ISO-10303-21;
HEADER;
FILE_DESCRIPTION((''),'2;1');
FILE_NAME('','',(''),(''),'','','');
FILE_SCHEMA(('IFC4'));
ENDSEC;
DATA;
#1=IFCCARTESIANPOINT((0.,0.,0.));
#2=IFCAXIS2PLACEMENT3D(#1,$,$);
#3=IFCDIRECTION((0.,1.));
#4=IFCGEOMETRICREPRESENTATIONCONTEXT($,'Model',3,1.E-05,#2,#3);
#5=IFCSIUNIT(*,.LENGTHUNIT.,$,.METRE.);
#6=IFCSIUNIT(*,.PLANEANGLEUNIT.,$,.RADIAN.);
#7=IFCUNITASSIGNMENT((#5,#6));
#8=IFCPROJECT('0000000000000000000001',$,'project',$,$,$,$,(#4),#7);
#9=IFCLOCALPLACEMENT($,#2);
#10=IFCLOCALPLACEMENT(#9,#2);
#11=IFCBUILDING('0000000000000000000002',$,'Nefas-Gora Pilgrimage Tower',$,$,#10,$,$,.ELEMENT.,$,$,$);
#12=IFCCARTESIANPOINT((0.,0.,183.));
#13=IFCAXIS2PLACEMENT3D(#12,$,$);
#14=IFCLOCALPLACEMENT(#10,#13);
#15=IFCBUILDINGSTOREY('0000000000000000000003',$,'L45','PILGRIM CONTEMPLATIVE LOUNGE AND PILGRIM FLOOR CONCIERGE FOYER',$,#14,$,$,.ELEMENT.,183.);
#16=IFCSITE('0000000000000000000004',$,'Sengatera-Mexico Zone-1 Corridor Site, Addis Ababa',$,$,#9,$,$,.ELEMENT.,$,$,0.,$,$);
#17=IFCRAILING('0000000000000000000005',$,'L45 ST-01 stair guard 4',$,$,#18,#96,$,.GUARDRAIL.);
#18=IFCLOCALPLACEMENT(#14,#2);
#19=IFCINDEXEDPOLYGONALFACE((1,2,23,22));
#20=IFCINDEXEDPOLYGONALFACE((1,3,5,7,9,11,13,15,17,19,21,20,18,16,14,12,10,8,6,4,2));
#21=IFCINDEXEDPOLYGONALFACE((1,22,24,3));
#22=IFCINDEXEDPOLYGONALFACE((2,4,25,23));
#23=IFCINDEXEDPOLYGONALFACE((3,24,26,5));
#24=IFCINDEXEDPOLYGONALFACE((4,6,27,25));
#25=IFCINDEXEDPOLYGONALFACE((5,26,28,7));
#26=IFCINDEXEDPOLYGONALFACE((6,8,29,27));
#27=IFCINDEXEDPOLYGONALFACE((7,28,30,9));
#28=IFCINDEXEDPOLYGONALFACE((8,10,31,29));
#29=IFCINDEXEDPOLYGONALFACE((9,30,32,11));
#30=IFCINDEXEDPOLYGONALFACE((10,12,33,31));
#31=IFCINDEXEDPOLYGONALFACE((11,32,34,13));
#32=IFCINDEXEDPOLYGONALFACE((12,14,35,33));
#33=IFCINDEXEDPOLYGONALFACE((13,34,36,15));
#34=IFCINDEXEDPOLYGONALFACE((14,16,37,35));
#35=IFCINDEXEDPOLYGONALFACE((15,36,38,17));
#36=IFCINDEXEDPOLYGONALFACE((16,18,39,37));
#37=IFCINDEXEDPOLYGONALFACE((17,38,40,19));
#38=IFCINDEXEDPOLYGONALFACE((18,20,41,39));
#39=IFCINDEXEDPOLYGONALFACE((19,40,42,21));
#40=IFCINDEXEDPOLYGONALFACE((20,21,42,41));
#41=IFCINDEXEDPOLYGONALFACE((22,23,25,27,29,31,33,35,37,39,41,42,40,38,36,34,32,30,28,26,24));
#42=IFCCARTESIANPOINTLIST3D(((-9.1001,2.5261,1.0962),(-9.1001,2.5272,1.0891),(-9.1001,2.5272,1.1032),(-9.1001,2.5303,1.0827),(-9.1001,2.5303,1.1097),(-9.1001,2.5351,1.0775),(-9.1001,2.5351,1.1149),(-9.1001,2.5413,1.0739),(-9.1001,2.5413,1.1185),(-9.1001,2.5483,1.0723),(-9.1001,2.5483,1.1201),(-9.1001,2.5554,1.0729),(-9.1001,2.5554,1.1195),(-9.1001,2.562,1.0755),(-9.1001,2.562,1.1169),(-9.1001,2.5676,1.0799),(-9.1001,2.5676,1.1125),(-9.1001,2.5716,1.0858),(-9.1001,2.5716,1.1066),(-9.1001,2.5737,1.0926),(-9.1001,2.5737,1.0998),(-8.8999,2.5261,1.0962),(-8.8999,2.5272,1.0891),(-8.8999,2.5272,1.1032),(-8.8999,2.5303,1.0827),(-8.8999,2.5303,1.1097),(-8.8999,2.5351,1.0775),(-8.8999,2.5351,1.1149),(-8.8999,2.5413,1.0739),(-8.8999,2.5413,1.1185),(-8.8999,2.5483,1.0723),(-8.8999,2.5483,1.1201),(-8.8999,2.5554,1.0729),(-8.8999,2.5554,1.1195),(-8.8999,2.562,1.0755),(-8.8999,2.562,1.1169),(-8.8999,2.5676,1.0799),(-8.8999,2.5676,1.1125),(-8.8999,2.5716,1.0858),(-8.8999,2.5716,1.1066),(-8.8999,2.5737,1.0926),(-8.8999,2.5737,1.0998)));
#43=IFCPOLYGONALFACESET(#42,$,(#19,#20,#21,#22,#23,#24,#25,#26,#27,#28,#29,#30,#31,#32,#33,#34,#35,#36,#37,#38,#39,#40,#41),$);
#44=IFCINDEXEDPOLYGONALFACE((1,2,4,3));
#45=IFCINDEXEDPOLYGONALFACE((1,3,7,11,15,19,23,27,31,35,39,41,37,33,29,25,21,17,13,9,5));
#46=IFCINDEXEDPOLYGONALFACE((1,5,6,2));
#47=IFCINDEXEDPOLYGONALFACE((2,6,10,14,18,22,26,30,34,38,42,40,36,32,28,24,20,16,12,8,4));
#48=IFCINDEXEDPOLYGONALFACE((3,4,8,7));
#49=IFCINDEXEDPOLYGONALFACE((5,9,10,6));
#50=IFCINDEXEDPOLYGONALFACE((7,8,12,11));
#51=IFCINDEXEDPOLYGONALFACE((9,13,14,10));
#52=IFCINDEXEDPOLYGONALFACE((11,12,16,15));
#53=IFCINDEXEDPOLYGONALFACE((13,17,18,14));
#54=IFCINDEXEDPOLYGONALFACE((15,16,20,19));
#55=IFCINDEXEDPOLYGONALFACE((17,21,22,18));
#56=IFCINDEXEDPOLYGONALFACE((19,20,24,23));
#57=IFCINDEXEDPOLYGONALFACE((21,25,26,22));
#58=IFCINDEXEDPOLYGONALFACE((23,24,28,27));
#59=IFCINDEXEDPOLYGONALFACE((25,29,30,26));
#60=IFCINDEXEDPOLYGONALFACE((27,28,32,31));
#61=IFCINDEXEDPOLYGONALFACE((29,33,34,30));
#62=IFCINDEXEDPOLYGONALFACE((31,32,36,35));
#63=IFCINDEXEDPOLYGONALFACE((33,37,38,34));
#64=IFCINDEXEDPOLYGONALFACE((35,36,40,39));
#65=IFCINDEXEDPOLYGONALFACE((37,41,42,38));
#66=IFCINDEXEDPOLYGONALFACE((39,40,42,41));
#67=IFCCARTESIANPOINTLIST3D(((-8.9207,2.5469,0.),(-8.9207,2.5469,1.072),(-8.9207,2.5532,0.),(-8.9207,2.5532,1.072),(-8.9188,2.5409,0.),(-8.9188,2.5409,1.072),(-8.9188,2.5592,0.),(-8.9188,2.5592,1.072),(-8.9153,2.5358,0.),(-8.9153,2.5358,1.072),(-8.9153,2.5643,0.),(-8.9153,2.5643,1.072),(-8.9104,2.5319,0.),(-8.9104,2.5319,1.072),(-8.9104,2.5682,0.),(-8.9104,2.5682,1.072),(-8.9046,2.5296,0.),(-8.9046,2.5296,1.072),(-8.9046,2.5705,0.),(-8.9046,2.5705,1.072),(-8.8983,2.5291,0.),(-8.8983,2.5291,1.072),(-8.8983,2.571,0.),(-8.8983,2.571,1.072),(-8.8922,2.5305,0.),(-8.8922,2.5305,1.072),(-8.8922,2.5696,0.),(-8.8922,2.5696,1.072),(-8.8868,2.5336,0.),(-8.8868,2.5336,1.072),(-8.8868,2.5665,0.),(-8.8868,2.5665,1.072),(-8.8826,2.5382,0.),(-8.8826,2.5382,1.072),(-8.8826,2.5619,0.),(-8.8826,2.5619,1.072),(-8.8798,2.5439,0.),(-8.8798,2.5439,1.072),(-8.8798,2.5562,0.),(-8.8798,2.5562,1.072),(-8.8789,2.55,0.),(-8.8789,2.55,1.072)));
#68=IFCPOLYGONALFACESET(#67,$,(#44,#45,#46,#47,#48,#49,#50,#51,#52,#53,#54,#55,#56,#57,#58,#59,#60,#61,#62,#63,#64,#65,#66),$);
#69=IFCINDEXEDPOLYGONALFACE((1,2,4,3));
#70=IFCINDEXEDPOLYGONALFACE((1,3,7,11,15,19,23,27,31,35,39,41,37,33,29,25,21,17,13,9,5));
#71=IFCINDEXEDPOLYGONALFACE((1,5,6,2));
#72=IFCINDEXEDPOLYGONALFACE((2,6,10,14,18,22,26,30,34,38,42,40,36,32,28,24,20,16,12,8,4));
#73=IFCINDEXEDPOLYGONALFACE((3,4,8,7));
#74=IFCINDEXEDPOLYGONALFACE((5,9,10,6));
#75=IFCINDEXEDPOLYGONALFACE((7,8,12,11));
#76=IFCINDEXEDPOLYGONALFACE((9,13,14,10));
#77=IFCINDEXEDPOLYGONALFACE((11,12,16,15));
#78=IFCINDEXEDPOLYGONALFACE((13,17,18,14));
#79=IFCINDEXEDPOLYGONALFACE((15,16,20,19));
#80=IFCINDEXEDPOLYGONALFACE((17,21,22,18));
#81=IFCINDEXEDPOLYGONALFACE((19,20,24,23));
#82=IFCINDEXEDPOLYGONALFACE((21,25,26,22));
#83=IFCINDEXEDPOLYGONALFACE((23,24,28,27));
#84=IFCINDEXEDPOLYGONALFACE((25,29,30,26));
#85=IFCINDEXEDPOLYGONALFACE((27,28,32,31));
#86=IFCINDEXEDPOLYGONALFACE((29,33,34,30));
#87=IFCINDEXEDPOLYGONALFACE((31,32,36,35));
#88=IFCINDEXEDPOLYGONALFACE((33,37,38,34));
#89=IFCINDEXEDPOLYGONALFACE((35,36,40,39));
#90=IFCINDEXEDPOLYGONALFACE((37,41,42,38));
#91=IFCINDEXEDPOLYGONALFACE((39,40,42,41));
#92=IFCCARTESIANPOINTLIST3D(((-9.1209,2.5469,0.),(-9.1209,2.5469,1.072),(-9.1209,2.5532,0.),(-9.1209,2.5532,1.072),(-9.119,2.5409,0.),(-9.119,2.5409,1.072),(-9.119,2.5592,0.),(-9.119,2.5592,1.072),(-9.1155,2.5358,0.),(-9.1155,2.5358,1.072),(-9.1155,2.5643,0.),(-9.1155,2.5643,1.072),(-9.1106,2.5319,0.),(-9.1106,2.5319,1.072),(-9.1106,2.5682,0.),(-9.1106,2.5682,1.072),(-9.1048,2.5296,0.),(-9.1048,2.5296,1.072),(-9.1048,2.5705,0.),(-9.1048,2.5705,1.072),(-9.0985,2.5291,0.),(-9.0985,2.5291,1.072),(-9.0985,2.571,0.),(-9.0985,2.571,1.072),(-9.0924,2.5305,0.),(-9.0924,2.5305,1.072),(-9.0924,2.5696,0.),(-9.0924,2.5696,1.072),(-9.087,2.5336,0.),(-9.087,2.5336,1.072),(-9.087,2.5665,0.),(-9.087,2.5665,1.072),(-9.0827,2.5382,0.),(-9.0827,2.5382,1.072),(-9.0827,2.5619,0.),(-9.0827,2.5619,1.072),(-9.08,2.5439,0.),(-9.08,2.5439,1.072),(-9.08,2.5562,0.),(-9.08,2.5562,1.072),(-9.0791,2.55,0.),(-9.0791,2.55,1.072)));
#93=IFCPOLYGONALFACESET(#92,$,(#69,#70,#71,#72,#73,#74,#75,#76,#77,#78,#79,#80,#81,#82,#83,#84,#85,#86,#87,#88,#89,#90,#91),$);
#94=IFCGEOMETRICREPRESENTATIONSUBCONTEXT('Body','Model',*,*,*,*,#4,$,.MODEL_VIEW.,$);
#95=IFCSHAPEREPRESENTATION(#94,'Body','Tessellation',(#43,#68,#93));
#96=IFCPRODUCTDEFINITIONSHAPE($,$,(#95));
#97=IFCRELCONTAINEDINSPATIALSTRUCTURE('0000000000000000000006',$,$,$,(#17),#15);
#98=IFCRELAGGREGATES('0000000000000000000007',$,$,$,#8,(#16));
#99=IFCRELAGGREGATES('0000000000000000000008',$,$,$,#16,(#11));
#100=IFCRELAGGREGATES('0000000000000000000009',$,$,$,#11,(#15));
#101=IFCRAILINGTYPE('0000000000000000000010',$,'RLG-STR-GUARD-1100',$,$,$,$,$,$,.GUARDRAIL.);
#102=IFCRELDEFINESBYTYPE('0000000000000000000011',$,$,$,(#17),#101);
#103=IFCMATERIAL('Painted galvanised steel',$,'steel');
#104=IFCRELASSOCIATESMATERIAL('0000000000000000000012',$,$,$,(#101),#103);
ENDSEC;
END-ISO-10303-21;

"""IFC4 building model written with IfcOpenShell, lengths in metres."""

from ifc_helpers import new_model, si_unit, direction, frame, origin, origin_2d, place, context, subcontext, project, spatial, circle, extrude, material, type_object, element, save


model = new_model("IFC4")

# Units and contexts
model_context = context("Model", 3, precision=1e-05, world=origin(), true_north=direction((0.0, 1.0)))
body_context = subcontext(model_context, "Body", "Model", "MODEL_VIEW")
ifc_project = project(units=[si_unit("LENGTHUNIT", "METRE"), si_unit("PLANEANGLEUNIT", "RADIAN")], contexts=[model_context])

# Site, building, storey
site_placement = place(None, origin())
site = spatial("IfcSite", under=ifc_project, at=site_placement, Name="Sengatera-Mexico Zone-1 Corridor Site, Addis Ababa", CompositionType="ELEMENT", RefElevation=0.0)
building_placement = place(site_placement, origin())
building = spatial("IfcBuilding", under=site, at=building_placement, Name="Nefas-Gora Pilgrimage Tower", CompositionType="ELEMENT")
storey_placement = place(building_placement, frame((0.0, 0.0, 183.0)))
storey = spatial("IfcBuildingStorey", under=building, at=storey_placement, Name="L45", Description="PILGRIM CONTEMPLATIVE LOUNGE AND PILGRIM FLOOR CONCIERGE FOYER", CompositionType="ELEMENT", Elevation=183.0)

# Railing
ifc_material_1 = material(Name="Painted galvanised steel", Category="steel")
railing_type_1 = type_object("IfcRailingType", Name="RLG-STR-GUARD-1100", PredefinedType="GUARDRAIL", material=ifc_material_1)
railing_1_placement = place(storey_placement, frame((-8.8999, 2.55, 0.0)))
element("IfcRailing", 1, at=railing_1_placement, inside=storey, type_object=railing_type_1, Name="L45 ST-01 stair guard 4", PredefinedType="GUARDRAIL", context=body_context, shape_type="SweptSolid", body=[
    extrude(circle(Radius=0.0239, at=origin_2d()), frame((0.0, 0.0, 1.0962), z_axis=(-1.0, 0.0, 0.0), x_axis=(0.0, -1.0, 0.0)), (0.0, 0.0, 1.0), 0.2002),
    extrude(circle(Radius=0.021, at=origin_2d()), origin(), (0.0, 0.0, 1.0), 1.072),
    extrude(circle(Radius=0.021, at=origin_2d()), frame((-0.2002, 0.0, 0.0)), (0.0, 0.0, 1.0), 1.072),
])

save(model, "model.ifc")
